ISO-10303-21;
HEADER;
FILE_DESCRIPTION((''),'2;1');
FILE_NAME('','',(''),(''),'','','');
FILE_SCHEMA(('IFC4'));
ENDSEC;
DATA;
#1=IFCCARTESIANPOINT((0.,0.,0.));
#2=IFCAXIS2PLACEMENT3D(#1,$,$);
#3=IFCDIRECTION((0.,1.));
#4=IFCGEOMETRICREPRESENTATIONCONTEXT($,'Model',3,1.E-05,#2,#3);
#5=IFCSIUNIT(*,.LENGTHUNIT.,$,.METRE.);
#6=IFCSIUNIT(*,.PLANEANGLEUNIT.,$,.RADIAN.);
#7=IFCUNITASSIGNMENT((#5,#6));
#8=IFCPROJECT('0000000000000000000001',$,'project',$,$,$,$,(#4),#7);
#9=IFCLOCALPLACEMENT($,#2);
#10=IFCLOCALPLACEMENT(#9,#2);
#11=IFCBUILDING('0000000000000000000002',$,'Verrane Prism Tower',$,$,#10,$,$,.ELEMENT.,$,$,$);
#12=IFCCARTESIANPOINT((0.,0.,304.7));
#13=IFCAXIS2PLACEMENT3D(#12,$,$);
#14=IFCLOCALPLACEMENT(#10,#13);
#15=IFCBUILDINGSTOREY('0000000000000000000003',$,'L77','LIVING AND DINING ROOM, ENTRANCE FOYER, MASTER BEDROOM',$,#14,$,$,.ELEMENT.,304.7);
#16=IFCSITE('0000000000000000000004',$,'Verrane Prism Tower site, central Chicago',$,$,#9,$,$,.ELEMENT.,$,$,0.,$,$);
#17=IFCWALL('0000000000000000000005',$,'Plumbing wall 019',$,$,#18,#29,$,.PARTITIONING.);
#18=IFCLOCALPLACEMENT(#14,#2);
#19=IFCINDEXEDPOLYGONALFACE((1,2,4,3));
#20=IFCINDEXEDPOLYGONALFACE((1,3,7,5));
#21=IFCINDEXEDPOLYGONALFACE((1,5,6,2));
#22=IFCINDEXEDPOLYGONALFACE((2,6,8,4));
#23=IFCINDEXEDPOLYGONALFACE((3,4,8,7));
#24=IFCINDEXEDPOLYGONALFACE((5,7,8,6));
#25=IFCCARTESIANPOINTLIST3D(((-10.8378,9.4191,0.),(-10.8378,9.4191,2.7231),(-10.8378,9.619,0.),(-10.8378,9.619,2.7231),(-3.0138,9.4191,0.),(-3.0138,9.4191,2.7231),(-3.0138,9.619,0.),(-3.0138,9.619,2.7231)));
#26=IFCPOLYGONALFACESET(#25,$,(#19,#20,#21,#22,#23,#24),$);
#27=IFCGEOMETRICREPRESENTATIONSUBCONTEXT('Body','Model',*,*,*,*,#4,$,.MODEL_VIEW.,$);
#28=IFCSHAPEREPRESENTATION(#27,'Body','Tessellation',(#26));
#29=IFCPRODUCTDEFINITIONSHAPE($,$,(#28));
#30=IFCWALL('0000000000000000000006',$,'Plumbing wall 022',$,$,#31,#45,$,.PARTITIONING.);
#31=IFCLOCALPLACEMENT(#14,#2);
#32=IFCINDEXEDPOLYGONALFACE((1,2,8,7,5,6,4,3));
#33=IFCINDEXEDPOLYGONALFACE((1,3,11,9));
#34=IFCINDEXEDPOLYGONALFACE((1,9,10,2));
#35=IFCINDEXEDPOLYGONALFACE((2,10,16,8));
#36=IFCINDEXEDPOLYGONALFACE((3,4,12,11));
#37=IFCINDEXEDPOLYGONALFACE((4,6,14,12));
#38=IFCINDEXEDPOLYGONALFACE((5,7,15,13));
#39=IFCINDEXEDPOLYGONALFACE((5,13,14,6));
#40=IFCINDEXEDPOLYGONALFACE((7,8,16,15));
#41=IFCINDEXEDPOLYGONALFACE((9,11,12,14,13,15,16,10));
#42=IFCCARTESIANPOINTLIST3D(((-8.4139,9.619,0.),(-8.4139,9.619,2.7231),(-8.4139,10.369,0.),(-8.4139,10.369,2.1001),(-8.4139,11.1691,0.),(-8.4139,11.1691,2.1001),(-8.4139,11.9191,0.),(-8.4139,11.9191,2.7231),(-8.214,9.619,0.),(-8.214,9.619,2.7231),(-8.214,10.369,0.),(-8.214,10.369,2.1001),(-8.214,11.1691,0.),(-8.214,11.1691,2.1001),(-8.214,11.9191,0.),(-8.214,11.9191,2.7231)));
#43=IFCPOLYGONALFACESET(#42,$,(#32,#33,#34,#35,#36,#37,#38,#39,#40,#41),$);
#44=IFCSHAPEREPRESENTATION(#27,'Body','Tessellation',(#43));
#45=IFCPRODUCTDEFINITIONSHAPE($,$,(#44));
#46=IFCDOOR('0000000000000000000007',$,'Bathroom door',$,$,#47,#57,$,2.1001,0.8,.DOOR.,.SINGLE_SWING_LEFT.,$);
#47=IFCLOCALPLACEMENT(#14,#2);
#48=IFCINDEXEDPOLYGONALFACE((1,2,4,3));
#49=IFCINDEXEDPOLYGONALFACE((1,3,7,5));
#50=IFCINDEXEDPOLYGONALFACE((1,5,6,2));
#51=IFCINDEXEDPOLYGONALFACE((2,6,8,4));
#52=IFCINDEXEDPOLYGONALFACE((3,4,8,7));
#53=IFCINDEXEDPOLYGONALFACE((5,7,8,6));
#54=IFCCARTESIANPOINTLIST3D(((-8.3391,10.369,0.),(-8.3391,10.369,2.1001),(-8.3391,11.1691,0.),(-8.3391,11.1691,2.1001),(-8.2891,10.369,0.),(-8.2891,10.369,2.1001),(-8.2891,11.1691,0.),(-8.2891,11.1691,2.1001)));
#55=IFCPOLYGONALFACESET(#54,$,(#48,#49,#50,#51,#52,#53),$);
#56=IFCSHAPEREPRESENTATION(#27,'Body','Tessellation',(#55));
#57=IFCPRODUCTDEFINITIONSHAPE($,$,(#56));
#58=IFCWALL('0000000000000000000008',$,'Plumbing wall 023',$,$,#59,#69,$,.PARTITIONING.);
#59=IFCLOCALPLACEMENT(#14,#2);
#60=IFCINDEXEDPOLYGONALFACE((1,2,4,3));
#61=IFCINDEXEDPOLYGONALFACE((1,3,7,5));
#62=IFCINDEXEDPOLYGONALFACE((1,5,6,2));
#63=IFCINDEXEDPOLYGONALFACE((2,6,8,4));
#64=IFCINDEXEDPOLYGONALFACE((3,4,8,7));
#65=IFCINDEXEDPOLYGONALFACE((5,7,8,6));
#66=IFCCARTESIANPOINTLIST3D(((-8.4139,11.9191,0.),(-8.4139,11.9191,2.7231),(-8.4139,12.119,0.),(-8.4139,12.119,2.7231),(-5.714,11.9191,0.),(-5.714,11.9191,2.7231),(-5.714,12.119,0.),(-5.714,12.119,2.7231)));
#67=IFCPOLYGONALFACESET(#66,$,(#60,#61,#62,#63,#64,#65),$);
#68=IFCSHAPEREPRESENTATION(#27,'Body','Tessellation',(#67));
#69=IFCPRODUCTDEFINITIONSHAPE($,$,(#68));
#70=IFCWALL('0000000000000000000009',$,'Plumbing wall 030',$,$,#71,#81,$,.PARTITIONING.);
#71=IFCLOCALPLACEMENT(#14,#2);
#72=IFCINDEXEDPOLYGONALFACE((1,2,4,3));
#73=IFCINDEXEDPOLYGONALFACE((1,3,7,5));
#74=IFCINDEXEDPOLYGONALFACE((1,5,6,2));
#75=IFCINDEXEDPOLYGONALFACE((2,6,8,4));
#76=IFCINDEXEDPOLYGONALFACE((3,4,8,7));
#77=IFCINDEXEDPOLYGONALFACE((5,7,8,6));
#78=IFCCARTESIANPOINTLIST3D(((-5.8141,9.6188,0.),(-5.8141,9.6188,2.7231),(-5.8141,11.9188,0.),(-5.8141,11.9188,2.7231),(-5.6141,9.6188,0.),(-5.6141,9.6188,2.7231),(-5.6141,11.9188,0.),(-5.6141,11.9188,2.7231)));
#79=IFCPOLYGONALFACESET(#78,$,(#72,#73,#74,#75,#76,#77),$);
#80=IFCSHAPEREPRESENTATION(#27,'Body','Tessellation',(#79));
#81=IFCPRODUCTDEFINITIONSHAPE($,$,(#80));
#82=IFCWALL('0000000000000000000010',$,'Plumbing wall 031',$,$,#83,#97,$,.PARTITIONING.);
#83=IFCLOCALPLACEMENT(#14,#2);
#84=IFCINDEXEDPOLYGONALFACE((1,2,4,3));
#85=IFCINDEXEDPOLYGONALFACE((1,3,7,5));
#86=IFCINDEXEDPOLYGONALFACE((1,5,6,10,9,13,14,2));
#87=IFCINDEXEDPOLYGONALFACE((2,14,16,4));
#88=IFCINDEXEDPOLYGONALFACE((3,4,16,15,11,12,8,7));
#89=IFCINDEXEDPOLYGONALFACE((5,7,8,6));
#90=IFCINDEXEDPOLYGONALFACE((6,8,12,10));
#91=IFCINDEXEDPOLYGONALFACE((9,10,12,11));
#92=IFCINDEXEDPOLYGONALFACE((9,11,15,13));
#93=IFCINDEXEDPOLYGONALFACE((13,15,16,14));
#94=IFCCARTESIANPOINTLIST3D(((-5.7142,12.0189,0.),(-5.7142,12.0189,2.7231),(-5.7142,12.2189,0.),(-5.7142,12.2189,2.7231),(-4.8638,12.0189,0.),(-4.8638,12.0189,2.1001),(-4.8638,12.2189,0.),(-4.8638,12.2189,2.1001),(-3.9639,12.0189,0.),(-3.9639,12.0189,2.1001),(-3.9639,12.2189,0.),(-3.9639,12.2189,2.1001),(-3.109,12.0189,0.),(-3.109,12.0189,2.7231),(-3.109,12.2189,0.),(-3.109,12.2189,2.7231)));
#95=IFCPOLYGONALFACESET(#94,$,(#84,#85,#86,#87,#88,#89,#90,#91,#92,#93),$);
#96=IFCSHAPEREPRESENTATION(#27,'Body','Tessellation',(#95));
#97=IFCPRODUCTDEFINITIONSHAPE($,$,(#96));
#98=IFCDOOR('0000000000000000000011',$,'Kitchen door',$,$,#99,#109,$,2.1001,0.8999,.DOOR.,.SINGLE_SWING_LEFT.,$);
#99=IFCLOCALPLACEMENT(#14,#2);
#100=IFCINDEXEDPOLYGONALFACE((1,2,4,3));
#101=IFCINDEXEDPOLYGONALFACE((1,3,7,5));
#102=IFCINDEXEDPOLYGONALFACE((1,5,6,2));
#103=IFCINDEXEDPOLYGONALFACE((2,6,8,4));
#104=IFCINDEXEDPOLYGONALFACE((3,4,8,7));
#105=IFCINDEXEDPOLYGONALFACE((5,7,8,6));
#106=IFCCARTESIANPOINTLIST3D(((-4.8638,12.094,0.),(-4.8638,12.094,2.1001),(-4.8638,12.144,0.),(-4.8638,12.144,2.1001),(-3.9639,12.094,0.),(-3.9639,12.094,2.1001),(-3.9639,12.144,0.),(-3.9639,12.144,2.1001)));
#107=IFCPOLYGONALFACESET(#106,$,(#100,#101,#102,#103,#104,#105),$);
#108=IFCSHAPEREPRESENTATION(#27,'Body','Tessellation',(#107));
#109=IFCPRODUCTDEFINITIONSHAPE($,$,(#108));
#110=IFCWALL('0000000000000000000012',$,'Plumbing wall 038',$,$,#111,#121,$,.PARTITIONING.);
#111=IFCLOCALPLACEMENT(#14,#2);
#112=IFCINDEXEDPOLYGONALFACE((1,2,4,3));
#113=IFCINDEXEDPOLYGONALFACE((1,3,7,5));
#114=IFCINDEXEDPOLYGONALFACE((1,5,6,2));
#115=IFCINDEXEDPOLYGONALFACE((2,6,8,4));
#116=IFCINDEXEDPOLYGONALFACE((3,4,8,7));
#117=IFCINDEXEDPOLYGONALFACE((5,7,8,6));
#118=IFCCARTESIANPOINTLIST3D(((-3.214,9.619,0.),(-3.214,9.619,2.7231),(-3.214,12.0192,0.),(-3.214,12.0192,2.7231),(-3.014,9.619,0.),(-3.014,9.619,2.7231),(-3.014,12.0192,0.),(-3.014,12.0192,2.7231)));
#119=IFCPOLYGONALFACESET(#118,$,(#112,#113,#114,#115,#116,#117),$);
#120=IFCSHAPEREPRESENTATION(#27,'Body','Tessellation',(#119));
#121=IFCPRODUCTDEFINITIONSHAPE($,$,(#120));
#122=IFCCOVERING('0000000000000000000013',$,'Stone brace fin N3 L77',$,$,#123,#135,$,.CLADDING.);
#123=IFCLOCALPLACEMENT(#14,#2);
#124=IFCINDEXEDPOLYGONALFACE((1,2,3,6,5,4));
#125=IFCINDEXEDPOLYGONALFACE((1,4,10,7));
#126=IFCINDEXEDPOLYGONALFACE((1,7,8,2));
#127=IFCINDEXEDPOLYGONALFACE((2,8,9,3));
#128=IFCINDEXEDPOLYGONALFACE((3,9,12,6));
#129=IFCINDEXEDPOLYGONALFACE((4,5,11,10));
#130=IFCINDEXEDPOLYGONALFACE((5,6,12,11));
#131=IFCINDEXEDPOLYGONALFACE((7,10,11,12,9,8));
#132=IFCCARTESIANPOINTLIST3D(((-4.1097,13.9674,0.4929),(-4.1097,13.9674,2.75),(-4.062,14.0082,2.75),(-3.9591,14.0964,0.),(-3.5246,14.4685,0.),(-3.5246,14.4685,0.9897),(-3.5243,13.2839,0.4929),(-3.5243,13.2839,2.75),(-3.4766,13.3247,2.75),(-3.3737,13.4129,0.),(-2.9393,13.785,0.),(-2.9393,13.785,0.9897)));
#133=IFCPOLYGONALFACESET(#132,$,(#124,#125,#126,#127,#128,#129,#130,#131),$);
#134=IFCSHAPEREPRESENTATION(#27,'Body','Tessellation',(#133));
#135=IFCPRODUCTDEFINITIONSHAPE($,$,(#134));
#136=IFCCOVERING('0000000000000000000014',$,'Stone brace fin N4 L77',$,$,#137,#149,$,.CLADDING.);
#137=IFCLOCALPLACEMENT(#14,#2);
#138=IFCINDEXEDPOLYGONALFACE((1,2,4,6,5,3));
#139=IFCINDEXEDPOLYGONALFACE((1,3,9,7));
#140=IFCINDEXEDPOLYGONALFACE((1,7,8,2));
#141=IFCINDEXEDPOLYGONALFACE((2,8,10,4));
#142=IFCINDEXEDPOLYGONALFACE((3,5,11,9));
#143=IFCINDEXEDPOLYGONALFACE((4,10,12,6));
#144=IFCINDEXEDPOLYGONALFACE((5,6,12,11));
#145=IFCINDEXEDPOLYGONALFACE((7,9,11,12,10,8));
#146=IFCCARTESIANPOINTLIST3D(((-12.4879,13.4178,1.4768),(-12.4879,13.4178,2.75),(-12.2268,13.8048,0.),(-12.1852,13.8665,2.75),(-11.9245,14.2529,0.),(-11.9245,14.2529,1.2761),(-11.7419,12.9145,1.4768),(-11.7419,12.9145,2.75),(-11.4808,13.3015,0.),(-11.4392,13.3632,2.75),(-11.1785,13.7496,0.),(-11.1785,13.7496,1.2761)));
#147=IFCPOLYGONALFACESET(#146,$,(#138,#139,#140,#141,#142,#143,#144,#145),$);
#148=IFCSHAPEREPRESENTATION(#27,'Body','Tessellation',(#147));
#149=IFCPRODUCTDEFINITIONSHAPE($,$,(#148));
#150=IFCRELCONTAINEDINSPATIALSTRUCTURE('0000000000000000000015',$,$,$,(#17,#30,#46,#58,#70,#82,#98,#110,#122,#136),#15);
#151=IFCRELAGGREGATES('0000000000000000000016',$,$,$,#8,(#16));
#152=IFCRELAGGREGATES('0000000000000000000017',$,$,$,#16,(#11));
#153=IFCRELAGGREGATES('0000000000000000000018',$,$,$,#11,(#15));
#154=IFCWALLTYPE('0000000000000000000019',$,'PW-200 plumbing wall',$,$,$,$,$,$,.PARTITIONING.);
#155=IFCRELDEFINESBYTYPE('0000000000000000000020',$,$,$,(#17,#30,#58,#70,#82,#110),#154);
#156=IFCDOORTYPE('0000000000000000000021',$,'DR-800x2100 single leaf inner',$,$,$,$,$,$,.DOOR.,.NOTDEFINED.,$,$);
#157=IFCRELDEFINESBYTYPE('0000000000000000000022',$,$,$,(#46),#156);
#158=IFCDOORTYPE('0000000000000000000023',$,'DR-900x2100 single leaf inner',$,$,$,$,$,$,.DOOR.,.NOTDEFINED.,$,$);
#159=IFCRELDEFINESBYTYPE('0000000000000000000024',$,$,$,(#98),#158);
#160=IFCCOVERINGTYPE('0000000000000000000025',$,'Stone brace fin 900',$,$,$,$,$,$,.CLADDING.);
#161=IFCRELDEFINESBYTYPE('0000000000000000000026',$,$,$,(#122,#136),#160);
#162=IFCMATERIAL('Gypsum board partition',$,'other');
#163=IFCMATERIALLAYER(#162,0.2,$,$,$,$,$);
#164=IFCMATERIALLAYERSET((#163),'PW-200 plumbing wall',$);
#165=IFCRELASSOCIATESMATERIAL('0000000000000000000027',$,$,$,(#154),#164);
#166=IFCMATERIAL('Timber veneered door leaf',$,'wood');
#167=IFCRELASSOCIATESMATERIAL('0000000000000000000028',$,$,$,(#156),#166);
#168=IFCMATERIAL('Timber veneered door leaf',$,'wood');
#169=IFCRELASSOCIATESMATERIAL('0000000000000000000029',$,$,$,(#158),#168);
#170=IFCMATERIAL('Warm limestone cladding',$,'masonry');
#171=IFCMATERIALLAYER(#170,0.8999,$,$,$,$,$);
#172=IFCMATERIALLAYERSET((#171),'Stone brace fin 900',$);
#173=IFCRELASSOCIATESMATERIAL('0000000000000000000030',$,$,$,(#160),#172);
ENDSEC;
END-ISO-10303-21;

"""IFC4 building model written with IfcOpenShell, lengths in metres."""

from ifc_helpers import new_model, si_unit, direction, frame, frame_2d, origin, place, context, subcontext, project, spatial, polyline, rectangle, outline, extrude, material, layer, layer_set, type_object, element, fill, save


model = new_model("IFC4")

# Units and contexts
model_context = context("Model", 3, precision=1e-05, world=origin(), true_north=direction((0.0, 1.0)))
body_context = subcontext(model_context, "Body", "Model", "MODEL_VIEW")
ifc_project = project(units=[si_unit("LENGTHUNIT", "METRE"), si_unit("PLANEANGLEUNIT", "RADIAN")], contexts=[model_context])

# Site, building, storey
site_placement = place(None, origin())
site = spatial("IfcSite", under=ifc_project, at=site_placement, Name="Verrane Prism Tower site, central Chicago", CompositionType="ELEMENT", RefElevation=0.0)
building_placement = place(site_placement, origin())
building = spatial("IfcBuilding", under=site, at=building_placement, Name="Verrane Prism Tower", CompositionType="ELEMENT")
storey_placement = place(building_placement, frame((0.0, 0.0, 304.7)))
storey = spatial("IfcBuildingStorey", under=building, at=storey_placement, Name="L77", Description="LIVING AND DINING ROOM, ENTRANCE FOYER, MASTER BEDROOM", CompositionType="ELEMENT", Elevation=304.7)

# Wall
ifc_material_1 = material(Name="Gypsum board partition", Category="other")
ifc_layer_1 = layer(ifc_material_1, 0.2)
ifc_layer_set_1 = layer_set([ifc_layer_1], Name="PW-200 plumbing wall")
wall_type_1 = type_object("IfcWallType", Name="PW-200 plumbing wall", PredefinedType="PARTITIONING", material=ifc_layer_set_1)
wall_1_placement = place(storey_placement, frame((-10.8379, 9.519, 0.0), z_axis=(0.0, 0.0, 1.0), x_axis=(1.0, 0.0, 0.0)))
element("IfcWall", 1, at=wall_1_placement, inside=storey, type_object=wall_type_1, Name="Plumbing wall 019", PredefinedType="PARTITIONING", context=body_context, shape_type="SweptSolid", body=[
    extrude(rectangle(XDim=7.824, YDim=0.2, at=frame_2d((3.9121, 0.0))), origin(), (0.0, 0.0, 1.0), 2.7231),
])

# Wall, opening, door
wall_2_placement = place(storey_placement, frame((-8.314, 11.9189, 0.0), z_axis=(0.0, 0.0, 1.0), x_axis=(0.0, -1.0, 0.0)))
wall_2 = element("IfcWall", 2, at=wall_2_placement, inside=storey, type_object=wall_type_1, Name="Plumbing wall 022", PredefinedType="PARTITIONING", context=body_context, shape_type="SweptSolid", body=[
    extrude(rectangle(XDim=2.3, YDim=0.2, at=frame_2d((1.1499, 0.0))), origin(), (0.0, 0.0, 1.0), 2.7231),
])
opening_1_placement = place(wall_2_placement, frame((0.75, 0.0, 0.0)))
opening_1 = element("IfcOpeningElement", 3, at=opening_1_placement, cuts=wall_2, PredefinedType="OPENING", context=body_context, shape_type="SweptSolid", body=[
    extrude(rectangle(XDim=0.8, YDim=2.1001, at=frame_2d((0.3999, 1.05))), frame((0.0, 0.1099, 0.0), z_axis=(0.0, -1.0, 0.0), x_axis=(1.0, 0.0, 0.0)), (0.0, 0.0, 1.0), 0.22),
])
ifc_material_2 = material(Name="Timber veneered door leaf", Category="wood")
door_type_1 = type_object("IfcDoorType", Name="DR-800x2100 single leaf inner", OperationType="NOTDEFINED", PredefinedType="DOOR", material=ifc_material_2)
door_1_placement = place(opening_1_placement, origin())
door_1 = element("IfcDoor", 4, at=door_1_placement, inside=storey, type_object=door_type_1, Name="Bathroom door", OperationType="SINGLE_SWING_LEFT", OverallHeight=2.1001, OverallWidth=0.8, PredefinedType="DOOR", context=body_context, shape_type="SweptSolid", body=[
    extrude(rectangle(XDim=0.8, YDim=2.1001, at=frame_2d((0.3999, 1.05))), frame((0.0, 0.0249, 0.0), z_axis=(0.0, -1.0, 0.0), x_axis=(1.0, 0.0, 0.0)), (0.0, 0.0, 1.0), 0.05),
])
fill(opening_1, door_1)

# Walls
wall_3_placement = place(storey_placement, frame((-8.4141, 12.019, 0.0), z_axis=(0.0, 0.0, 1.0), x_axis=(1.0, 0.0, 0.0)))
element("IfcWall", 5, at=wall_3_placement, inside=storey, type_object=wall_type_1, Name="Plumbing wall 023", PredefinedType="PARTITIONING", context=body_context, shape_type="SweptSolid", body=[
    extrude(rectangle(XDim=2.7, YDim=0.2, at=frame_2d((1.3501, 0.0))), origin(), (0.0, 0.0, 1.0), 2.7231),
])
wall_4_placement = place(storey_placement, frame((-5.7141, 9.6189, 0.0), z_axis=(0.0, 0.0, 1.0), x_axis=(0.0, 1.0, 0.0)))
element("IfcWall", 6, at=wall_4_placement, inside=storey, type_object=wall_type_1, Name="Plumbing wall 030", PredefinedType="PARTITIONING", context=body_context, shape_type="SweptSolid", body=[
    extrude(rectangle(XDim=2.3, YDim=0.2, at=frame_2d((1.1499, 0.0))), origin(), (0.0, 0.0, 1.0), 2.7231),
])

# Wall, opening, door
wall_5_placement = place(storey_placement, frame((-3.1089, 12.1189, 0.0), z_axis=(0.0, 0.0, 1.0), x_axis=(-1.0, 0.0, 0.0)))
wall_5 = element("IfcWall", 7, at=wall_5_placement, inside=storey, type_object=wall_type_1, Name="Plumbing wall 031", PredefinedType="PARTITIONING", context=body_context, shape_type="SweptSolid", body=[
    extrude(rectangle(XDim=2.6052, YDim=0.2, at=frame_2d((1.3027, 0.0))), origin(), (0.0, 0.0, 1.0), 2.7231),
])
opening_2_placement = place(wall_5_placement, frame((0.855, 0.0, 0.0)))
opening_2 = element("IfcOpeningElement", 8, at=opening_2_placement, cuts=wall_5, PredefinedType="OPENING", context=body_context, shape_type="SweptSolid", body=[
    extrude(rectangle(XDim=0.8999, YDim=2.1001, at=frame_2d((0.45, 1.05))), frame((0.0, 0.1099, 0.0), z_axis=(0.0, -1.0, 0.0), x_axis=(1.0, 0.0, 0.0)), (0.0, 0.0, 1.0), 0.22),
])
ifc_material_3 = material(Name="Timber veneered door leaf", Category="wood")
door_type_2 = type_object("IfcDoorType", Name="DR-900x2100 single leaf inner", OperationType="NOTDEFINED", PredefinedType="DOOR", material=ifc_material_3)
door_2_placement = place(opening_2_placement, origin())
door_2 = element("IfcDoor", 9, at=door_2_placement, inside=storey, type_object=door_type_2, Name="Kitchen door", OperationType="SINGLE_SWING_LEFT", OverallHeight=2.1001, OverallWidth=0.8999, PredefinedType="DOOR", context=body_context, shape_type="SweptSolid", body=[
    extrude(rectangle(XDim=0.8999, YDim=2.1001, at=frame_2d((0.45, 1.05))), frame((0.0, 0.0249, 0.0), z_axis=(0.0, -1.0, 0.0), x_axis=(1.0, 0.0, 0.0)), (0.0, 0.0, 1.0), 0.05),
])
fill(opening_2, door_2)

# Wall
wall_6_placement = place(storey_placement, frame((-3.114, 9.6189, 0.0), z_axis=(0.0, 0.0, 1.0), x_axis=(0.0, 1.0, 0.0)))
element("IfcWall", 10, at=wall_6_placement, inside=storey, type_object=wall_type_1, Name="Plumbing wall 038", PredefinedType="PARTITIONING", context=body_context, shape_type="SweptSolid", body=[
    extrude(rectangle(XDim=2.4001, YDim=0.2, at=frame_2d((1.2002, 0.0))), origin(), (0.0, 0.0, 1.0), 2.7231),
])

# Coverings
ifc_material_4 = material(Name="Warm limestone cladding", Category="masonry")
ifc_layer_2 = layer(ifc_material_4, 0.8999)
ifc_layer_set_2 = layer_set([ifc_layer_2], Name="Stone brace fin 900")
covering_type = type_object("IfcCoveringType", Name="Stone brace fin 900", PredefinedType="CLADDING", material=ifc_layer_set_2)
covering_1_placement = place(storey_placement, frame((-3.2319, 14.1267, 0.0), z_axis=(0.0, 0.0, 1.0), x_axis=(-0.759525, -0.650478, 0.0)))
element("IfcCovering", 11, at=covering_1_placement, inside=storey, type_object=covering_type, Name="Stone brace fin N3 L77", PredefinedType="CLADDING", context=body_context, shape_type="SweptSolid", body=[
    extrude(outline(polyline([(0.7703, 2.75), (0.7075, 2.75), (0.0, 0.9897), (0.0, 0.0), (0.572, 0.0), (0.7703, 0.4929), (0.7703, 2.75)])), frame((0.0, 0.45, 0.0), z_axis=(0.0, -1.0, 0.0), x_axis=(1.0, 0.0, 0.0)), (0.0, 0.0, 1.0), 0.8999),
])
covering_2_placement = place(storey_placement, frame((-11.5515, 14.0012, 0.0), z_axis=(0.0, 0.0, 1.0), x_axis=(-0.559277, -0.828981, 0.0)))
element("IfcCovering", 12, at=covering_2_placement, inside=storey, type_object=covering_type, Name="Stone brace fin N4 L77", PredefinedType="CLADDING", context=body_context, shape_type="SweptSolid", body=[
    extrude(outline(polyline([(1.0073, 2.75), (0.4661, 2.75), (0.0, 1.2761), (0.0, 0.0), (0.5405, 0.0), (1.0073, 1.4768), (1.0073, 2.75)])), frame((0.0, 0.45, 0.0), z_axis=(0.0, -1.0, 0.0), x_axis=(1.0, 0.0, 0.0)), (0.0, 0.0, 1.0), 0.8999),
])

save(model, "model.ifc")
